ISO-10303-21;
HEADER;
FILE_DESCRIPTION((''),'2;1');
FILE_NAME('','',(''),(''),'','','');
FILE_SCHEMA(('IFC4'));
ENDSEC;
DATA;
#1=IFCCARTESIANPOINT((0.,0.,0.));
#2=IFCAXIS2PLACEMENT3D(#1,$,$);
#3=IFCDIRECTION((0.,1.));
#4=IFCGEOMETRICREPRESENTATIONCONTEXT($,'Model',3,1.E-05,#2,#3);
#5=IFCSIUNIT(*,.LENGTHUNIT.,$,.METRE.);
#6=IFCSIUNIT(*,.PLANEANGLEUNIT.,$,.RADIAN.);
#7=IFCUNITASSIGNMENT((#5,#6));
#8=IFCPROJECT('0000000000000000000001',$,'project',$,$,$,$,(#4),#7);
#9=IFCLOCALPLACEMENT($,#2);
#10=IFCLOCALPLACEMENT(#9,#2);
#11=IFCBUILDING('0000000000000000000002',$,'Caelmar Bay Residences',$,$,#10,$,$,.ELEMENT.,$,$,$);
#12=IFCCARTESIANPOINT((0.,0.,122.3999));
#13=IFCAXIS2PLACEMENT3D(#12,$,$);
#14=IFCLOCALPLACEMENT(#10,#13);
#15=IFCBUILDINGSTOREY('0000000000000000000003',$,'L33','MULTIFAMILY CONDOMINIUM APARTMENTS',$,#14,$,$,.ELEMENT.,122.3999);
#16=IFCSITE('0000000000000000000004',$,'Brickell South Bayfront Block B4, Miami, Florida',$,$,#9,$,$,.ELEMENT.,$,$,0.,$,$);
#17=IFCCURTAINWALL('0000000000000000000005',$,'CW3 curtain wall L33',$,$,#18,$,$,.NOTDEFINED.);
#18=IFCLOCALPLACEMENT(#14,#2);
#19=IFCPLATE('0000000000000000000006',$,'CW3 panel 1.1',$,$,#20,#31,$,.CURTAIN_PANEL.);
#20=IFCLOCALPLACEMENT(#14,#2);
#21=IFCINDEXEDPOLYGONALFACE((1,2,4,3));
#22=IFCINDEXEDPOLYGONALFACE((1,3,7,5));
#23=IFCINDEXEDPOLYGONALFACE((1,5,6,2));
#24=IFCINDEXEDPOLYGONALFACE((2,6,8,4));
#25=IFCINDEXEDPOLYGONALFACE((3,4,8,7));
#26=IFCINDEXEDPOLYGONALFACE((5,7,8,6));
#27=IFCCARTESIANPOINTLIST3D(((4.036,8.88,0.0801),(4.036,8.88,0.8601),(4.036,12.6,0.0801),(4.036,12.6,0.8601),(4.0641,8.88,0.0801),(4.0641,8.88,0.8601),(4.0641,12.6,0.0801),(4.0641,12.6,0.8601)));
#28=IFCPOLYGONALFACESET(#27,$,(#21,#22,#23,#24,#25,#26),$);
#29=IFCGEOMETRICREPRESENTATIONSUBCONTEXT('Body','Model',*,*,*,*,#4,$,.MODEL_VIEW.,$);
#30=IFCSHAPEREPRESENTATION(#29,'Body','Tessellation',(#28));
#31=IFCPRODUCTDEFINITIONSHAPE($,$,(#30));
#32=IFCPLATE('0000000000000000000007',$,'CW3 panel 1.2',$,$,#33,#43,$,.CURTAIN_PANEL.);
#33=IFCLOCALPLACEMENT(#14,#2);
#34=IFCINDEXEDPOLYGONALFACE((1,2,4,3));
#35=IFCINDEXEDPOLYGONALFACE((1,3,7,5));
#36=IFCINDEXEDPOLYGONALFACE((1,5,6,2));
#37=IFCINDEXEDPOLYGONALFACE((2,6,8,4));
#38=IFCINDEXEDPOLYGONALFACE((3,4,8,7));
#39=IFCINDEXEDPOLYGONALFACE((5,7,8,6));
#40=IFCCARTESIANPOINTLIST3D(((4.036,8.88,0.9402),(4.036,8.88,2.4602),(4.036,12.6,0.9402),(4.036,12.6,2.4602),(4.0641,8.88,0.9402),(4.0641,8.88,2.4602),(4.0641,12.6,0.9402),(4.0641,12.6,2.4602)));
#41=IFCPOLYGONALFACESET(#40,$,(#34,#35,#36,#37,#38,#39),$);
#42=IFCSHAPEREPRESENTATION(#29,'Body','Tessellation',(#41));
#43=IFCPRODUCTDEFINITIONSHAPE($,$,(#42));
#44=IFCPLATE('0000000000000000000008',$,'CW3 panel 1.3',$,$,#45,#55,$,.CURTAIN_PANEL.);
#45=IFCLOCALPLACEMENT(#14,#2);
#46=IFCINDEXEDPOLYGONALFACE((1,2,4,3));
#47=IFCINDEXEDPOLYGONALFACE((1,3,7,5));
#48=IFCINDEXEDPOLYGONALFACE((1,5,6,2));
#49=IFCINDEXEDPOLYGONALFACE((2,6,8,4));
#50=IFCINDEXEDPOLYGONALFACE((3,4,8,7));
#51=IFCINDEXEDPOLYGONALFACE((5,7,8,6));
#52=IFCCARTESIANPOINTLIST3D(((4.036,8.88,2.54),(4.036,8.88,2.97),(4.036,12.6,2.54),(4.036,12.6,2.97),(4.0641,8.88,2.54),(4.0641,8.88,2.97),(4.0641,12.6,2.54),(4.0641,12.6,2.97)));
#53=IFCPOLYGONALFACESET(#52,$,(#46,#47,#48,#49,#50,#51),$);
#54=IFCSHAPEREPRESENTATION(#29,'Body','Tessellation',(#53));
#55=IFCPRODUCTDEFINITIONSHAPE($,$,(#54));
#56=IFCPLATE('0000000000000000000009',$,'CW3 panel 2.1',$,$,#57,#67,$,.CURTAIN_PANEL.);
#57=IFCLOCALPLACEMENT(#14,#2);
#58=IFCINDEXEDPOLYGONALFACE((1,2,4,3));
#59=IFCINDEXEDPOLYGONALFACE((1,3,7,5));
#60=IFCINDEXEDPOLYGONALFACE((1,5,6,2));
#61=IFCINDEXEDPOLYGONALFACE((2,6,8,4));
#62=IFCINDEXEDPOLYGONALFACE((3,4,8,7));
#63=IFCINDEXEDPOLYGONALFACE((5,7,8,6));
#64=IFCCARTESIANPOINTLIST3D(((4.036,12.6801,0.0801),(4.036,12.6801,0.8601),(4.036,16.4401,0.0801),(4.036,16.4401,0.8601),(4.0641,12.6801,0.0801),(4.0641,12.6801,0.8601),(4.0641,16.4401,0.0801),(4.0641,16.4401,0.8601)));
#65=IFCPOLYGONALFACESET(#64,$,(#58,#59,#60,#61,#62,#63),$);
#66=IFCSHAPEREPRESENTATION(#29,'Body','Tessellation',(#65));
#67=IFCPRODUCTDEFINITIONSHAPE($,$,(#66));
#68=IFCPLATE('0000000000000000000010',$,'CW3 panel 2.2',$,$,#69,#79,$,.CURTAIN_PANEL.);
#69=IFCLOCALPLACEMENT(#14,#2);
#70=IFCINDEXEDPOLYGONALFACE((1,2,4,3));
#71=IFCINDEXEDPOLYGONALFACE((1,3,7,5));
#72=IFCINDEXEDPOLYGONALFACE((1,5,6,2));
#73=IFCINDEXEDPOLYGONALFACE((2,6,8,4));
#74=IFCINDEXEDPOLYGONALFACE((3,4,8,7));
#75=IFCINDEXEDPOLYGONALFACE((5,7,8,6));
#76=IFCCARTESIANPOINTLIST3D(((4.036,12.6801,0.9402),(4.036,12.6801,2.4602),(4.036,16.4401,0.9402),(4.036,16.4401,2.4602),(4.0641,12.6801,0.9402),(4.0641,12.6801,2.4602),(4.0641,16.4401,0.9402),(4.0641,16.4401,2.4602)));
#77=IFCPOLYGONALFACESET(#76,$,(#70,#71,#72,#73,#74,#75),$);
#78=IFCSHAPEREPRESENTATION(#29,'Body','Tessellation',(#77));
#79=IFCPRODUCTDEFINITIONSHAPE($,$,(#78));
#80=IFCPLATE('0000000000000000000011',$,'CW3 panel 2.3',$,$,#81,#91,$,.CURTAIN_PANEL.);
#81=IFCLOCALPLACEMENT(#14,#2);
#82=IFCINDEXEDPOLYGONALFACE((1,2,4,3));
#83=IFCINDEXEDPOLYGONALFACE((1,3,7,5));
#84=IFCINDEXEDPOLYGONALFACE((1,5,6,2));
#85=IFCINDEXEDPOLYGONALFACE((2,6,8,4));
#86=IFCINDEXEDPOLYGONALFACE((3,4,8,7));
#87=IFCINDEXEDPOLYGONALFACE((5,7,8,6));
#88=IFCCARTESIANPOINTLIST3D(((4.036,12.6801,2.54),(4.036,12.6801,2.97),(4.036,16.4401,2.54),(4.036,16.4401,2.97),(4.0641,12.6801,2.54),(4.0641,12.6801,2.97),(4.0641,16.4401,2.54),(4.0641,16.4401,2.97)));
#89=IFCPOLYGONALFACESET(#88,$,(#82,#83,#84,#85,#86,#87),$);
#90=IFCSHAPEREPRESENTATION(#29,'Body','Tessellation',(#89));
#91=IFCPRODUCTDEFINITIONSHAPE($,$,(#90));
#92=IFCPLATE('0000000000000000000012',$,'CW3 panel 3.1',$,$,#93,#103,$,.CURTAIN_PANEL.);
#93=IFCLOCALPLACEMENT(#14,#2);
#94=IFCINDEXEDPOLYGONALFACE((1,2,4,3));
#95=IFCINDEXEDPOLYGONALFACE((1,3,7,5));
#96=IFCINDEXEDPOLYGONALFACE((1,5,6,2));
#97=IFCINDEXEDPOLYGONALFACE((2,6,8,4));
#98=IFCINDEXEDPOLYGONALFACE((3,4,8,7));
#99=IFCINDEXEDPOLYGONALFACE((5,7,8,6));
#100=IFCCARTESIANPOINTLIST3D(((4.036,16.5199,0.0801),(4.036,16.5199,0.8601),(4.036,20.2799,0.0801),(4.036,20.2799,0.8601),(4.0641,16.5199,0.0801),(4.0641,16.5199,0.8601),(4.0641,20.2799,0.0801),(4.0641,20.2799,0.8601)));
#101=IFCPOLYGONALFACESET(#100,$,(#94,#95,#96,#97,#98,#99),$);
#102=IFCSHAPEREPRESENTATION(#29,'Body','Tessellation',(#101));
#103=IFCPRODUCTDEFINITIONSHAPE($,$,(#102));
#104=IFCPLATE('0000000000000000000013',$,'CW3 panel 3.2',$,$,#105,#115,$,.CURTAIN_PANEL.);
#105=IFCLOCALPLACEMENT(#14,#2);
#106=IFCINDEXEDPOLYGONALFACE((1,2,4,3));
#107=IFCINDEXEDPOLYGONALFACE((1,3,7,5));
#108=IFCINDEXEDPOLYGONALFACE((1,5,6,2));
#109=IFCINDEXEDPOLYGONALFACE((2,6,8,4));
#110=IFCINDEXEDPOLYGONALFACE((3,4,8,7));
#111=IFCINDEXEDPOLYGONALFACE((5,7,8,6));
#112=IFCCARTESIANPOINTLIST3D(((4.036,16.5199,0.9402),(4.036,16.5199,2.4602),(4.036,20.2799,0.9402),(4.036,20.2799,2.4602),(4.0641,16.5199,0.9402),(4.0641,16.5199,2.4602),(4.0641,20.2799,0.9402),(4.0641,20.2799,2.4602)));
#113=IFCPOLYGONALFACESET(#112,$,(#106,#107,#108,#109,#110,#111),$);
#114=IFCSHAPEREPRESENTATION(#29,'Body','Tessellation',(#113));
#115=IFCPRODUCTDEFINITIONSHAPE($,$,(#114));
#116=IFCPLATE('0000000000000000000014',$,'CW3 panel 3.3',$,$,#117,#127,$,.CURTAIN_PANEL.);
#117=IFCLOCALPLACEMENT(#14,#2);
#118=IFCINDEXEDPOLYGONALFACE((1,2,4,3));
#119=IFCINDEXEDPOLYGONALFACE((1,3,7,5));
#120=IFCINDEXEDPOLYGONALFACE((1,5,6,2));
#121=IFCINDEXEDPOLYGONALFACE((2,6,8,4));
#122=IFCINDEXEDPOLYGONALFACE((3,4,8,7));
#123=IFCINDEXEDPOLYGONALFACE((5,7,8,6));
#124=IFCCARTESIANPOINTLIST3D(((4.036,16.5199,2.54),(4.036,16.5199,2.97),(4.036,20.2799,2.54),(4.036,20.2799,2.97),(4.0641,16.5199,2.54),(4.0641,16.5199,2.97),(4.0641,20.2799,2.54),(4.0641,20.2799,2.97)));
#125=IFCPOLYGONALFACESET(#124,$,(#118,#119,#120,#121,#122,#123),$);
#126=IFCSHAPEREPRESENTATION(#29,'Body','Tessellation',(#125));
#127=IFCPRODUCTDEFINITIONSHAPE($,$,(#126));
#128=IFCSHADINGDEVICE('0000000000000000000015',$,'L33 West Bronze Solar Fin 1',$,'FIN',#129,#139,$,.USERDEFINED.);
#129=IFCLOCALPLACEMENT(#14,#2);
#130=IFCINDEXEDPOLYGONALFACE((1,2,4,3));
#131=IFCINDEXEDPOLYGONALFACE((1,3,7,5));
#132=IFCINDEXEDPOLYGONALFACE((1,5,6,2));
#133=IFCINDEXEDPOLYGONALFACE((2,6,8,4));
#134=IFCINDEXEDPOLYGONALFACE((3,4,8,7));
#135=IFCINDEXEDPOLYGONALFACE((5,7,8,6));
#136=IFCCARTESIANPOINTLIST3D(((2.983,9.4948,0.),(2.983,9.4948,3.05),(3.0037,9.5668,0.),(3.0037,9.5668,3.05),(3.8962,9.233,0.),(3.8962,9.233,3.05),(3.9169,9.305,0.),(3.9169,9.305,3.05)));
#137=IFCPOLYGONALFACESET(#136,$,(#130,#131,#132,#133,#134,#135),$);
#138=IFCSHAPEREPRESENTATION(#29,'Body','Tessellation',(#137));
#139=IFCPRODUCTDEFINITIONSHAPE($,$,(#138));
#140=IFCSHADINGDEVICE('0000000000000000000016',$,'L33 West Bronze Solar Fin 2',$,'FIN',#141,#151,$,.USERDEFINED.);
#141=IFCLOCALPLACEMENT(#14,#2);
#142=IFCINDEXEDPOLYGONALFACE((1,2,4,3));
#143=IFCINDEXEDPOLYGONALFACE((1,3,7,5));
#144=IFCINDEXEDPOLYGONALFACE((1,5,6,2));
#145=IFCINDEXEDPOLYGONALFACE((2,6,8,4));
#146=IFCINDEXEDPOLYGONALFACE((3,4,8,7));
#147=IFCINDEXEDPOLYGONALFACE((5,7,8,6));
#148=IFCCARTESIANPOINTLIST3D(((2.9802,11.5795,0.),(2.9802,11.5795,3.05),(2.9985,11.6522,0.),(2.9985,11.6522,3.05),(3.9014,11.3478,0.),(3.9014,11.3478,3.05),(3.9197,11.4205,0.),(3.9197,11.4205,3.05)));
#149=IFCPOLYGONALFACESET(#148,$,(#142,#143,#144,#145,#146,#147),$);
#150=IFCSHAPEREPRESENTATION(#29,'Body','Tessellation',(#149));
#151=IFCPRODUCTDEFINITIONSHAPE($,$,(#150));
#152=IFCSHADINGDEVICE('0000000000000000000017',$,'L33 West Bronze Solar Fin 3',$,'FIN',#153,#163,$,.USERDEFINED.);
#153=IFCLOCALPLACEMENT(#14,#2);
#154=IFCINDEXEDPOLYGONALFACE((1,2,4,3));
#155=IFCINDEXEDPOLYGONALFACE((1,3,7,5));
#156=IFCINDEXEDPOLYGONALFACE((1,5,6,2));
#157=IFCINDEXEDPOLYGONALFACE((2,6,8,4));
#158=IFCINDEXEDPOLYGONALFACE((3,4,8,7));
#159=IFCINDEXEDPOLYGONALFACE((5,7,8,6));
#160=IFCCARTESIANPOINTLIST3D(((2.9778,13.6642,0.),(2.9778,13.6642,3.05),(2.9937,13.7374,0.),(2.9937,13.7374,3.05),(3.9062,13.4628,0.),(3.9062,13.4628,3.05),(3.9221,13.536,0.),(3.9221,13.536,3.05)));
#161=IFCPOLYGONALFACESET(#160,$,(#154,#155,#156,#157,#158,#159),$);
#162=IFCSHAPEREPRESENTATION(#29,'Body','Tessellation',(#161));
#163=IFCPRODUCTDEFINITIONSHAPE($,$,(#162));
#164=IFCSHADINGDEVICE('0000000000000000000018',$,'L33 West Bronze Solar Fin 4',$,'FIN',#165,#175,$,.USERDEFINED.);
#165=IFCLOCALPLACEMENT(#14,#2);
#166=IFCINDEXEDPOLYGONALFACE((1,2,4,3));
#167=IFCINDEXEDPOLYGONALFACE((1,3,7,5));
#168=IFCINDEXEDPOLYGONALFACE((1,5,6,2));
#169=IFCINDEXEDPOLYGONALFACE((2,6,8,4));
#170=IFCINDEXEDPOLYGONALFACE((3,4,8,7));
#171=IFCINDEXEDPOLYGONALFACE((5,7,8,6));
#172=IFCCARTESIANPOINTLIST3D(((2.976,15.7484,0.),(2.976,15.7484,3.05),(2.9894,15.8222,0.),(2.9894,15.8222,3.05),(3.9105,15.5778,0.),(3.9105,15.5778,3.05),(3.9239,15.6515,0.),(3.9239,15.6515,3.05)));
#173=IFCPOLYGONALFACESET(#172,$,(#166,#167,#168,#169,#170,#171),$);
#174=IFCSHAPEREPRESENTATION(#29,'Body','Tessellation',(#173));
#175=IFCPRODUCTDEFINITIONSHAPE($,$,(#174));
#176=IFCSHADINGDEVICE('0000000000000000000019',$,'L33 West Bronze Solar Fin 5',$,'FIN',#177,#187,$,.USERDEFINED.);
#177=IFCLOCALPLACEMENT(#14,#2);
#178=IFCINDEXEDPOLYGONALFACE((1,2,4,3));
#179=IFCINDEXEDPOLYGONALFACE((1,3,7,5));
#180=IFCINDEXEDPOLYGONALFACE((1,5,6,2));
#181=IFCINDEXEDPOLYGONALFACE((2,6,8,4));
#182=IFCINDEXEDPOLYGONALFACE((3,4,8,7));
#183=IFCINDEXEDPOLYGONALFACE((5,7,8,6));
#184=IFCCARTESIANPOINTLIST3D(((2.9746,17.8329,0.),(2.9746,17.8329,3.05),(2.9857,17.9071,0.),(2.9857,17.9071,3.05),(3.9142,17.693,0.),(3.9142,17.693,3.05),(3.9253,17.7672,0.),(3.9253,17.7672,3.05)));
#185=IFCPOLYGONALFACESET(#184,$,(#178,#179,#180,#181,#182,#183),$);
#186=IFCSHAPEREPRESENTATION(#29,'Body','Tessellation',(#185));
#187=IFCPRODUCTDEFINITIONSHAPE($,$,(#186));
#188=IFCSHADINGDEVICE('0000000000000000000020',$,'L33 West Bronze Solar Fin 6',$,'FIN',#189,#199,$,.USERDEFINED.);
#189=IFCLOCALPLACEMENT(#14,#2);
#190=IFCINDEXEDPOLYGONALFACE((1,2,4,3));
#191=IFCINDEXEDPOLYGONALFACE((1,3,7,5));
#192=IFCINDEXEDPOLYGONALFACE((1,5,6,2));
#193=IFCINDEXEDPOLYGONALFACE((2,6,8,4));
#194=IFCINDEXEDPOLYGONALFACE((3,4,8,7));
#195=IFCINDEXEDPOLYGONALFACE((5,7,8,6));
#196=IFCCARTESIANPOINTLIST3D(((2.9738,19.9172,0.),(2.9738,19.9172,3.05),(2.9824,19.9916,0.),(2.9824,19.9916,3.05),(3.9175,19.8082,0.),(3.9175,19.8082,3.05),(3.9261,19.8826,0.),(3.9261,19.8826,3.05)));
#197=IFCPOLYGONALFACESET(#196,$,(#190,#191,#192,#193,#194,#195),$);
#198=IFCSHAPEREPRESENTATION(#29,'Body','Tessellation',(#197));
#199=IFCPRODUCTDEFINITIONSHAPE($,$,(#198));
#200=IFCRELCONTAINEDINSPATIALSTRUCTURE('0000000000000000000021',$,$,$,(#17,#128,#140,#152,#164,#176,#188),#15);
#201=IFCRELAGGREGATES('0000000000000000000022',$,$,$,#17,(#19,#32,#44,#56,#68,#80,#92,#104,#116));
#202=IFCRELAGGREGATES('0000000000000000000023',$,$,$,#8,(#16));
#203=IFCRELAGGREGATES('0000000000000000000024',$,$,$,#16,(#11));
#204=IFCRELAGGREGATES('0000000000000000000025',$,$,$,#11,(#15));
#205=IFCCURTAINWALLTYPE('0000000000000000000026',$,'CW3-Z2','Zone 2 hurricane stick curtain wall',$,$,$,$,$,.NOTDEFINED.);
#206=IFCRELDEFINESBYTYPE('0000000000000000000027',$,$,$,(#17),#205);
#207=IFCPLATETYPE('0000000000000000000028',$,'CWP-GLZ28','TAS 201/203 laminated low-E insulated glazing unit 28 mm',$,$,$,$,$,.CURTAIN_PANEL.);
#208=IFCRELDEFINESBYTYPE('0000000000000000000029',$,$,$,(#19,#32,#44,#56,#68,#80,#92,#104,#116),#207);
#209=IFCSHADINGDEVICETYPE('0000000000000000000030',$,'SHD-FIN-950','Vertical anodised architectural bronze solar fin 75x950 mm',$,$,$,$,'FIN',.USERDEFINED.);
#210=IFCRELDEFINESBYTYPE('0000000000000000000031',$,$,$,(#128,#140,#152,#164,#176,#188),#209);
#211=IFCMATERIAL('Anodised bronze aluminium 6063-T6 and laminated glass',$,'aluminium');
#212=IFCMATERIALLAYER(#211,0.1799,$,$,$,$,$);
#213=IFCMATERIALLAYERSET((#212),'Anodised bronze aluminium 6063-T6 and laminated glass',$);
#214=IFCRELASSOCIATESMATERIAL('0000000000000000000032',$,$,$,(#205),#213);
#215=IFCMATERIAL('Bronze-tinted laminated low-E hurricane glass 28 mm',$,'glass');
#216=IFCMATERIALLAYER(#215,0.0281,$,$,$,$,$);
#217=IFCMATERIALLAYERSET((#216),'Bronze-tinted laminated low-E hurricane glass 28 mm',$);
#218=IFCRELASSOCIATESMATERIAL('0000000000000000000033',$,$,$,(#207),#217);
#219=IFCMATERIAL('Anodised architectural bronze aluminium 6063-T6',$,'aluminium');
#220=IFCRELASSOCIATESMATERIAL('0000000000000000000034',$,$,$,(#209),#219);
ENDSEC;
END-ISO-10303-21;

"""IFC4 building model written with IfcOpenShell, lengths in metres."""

from ifc_helpers import new_model, si_unit, direction, frame, origin, origin_2d, place, context, subcontext, project, spatial, rectangle, extrude, material, layer, layer_set, material_profile, profile_set, type_object, element, aggregate, save


model = new_model("IFC4")

# Units and contexts
model_context = context("Model", 3, precision=1e-05, world=origin(), true_north=direction((0.0, 1.0)))
body_context = subcontext(model_context, "Body", "Model", "MODEL_VIEW")
ifc_project = project(units=[si_unit("LENGTHUNIT", "METRE"), si_unit("PLANEANGLEUNIT", "RADIAN")], contexts=[model_context])

# Site, building, storey
site_placement = place(None, origin())
site = spatial("IfcSite", under=ifc_project, at=site_placement, Name="Brickell South Bayfront Block B4, Miami, Florida", CompositionType="ELEMENT", RefElevation=0.0)
building_placement = place(site_placement, origin())
building = spatial("IfcBuilding", under=site, at=building_placement, Name="Caelmar Bay Residences", CompositionType="ELEMENT")
storey_placement = place(building_placement, frame((0.0, 0.0, 122.3999)))
storey = spatial("IfcBuildingStorey", under=building, at=storey_placement, Name="L33", Description="MULTIFAMILY CONDOMINIUM APARTMENTS", CompositionType="ELEMENT", Elevation=122.3999)

# Curtain wall, plates
ifc_material_1 = material(Name="Anodised bronze aluminium 6063-T6 and laminated glass", Category="aluminium")
ifc_layer_1 = layer(ifc_material_1, 0.1799)
ifc_layer_set_1 = layer_set([ifc_layer_1], Name="Anodised bronze aluminium 6063-T6 and laminated glass")
curtain_wall_type = type_object("IfcCurtainWallType", Name="CW3-Z2", Description="Zone 2 hurricane stick curtain wall", PredefinedType="NOTDEFINED", material=ifc_layer_set_1)
curtain_wall_placement = place(storey_placement, origin())
curtain_wall = element("IfcCurtainWall", 1, at=curtain_wall_placement, inside=storey, type_object=curtain_wall_type, Name="CW3 curtain wall L33", PredefinedType="NOTDEFINED")
ifc_material_2 = material(Name="Bronze-tinted laminated low-E hurricane glass 28 mm", Category="glass")
ifc_layer_2 = layer(ifc_material_2, 0.0281)
ifc_layer_set_2 = layer_set([ifc_layer_2], Name="Bronze-tinted laminated low-E hurricane glass 28 mm")
plate_type = type_object("IfcPlateType", Name="CWP-GLZ28", Description="TAS 201/203 laminated low-E insulated glazing unit 28 mm", PredefinedType="CURTAIN_PANEL", material=ifc_layer_set_2)
plate_1_placement = place(storey_placement, frame((4.05, 10.74, 0.0801), z_axis=(0.0, 0.0, 1.0), x_axis=(0.0, 1.0, 0.0)))
plate_1 = element("IfcPlate", 2, at=plate_1_placement, type_object=plate_type, Name="CW3 panel 1.1", PredefinedType="CURTAIN_PANEL", context=body_context, shape_type="SweptSolid", body=[
    extrude(rectangle(XDim=3.72, YDim=0.0281, at=origin_2d()), origin(), (0.0, 0.0, 1.0), 0.78),
])
plate_2_placement = place(storey_placement, frame((4.05, 10.74, 0.9402), z_axis=(0.0, 0.0, 1.0), x_axis=(0.0, 1.0, 0.0)))
plate_2 = element("IfcPlate", 3, at=plate_2_placement, type_object=plate_type, Name="CW3 panel 1.2", PredefinedType="CURTAIN_PANEL", context=body_context, shape_type="SweptSolid", body=[
    extrude(rectangle(XDim=3.72, YDim=0.0281, at=origin_2d()), origin(), (0.0, 0.0, 1.0), 1.52),
])
plate_3_placement = place(storey_placement, frame((4.05, 10.74, 2.54), z_axis=(0.0, 0.0, 1.0), x_axis=(0.0, 1.0, 0.0)))
plate_3 = element("IfcPlate", 4, at=plate_3_placement, type_object=plate_type, Name="CW3 panel 1.3", PredefinedType="CURTAIN_PANEL", context=body_context, shape_type="SweptSolid", body=[
    extrude(rectangle(XDim=3.72, YDim=0.0281, at=origin_2d()), origin(), (0.0, 0.0, 1.0), 0.4299),
])
plate_4_placement = place(storey_placement, frame((4.05, 14.5601, 0.0801), z_axis=(0.0, 0.0, 1.0), x_axis=(0.0, 1.0, 0.0)))
plate_4 = element("IfcPlate", 5, at=plate_4_placement, type_object=plate_type, Name="CW3 panel 2.1", PredefinedType="CURTAIN_PANEL", context=body_context, shape_type="SweptSolid", body=[
    extrude(rectangle(XDim=3.76, YDim=0.0281, at=origin_2d()), origin(), (0.0, 0.0, 1.0), 0.78),
])
plate_5_placement = place(storey_placement, frame((4.05, 14.5601, 0.9402), z_axis=(0.0, 0.0, 1.0), x_axis=(0.0, 1.0, 0.0)))
plate_5 = element("IfcPlate", 6, at=plate_5_placement, type_object=plate_type, Name="CW3 panel 2.2", PredefinedType="CURTAIN_PANEL", context=body_context, shape_type="SweptSolid", body=[
    extrude(rectangle(XDim=3.76, YDim=0.0281, at=origin_2d()), origin(), (0.0, 0.0, 1.0), 1.52),
])
plate_6_placement = place(storey_placement, frame((4.05, 14.5601, 2.54), z_axis=(0.0, 0.0, 1.0), x_axis=(0.0, 1.0, 0.0)))
plate_6 = element("IfcPlate", 7, at=plate_6_placement, type_object=plate_type, Name="CW3 panel 2.3", PredefinedType="CURTAIN_PANEL", context=body_context, shape_type="SweptSolid", body=[
    extrude(rectangle(XDim=3.76, YDim=0.0281, at=origin_2d()), origin(), (0.0, 0.0, 1.0), 0.4299),
])
plate_7_placement = place(storey_placement, frame((4.05, 18.3999, 0.0801), z_axis=(0.0, 0.0, 1.0), x_axis=(0.0, 1.0, 0.0)))
plate_7 = element("IfcPlate", 8, at=plate_7_placement, type_object=plate_type, Name="CW3 panel 3.1", PredefinedType="CURTAIN_PANEL", context=body_context, shape_type="SweptSolid", body=[
    extrude(rectangle(XDim=3.76, YDim=0.0281, at=origin_2d()), origin(), (0.0, 0.0, 1.0), 0.78),
])
plate_8_placement = place(storey_placement, frame((4.05, 18.3999, 0.9402), z_axis=(0.0, 0.0, 1.0), x_axis=(0.0, 1.0, 0.0)))
plate_8 = element("IfcPlate", 9, at=plate_8_placement, type_object=plate_type, Name="CW3 panel 3.2", PredefinedType="CURTAIN_PANEL", context=body_context, shape_type="SweptSolid", body=[
    extrude(rectangle(XDim=3.76, YDim=0.0281, at=origin_2d()), origin(), (0.0, 0.0, 1.0), 1.52),
])
plate_9_placement = place(storey_placement, frame((4.05, 18.3999, 2.54), z_axis=(0.0, 0.0, 1.0), x_axis=(0.0, 1.0, 0.0)))
plate_9 = element("IfcPlate", 10, at=plate_9_placement, type_object=plate_type, Name="CW3 panel 3.3", PredefinedType="CURTAIN_PANEL", context=body_context, shape_type="SweptSolid", body=[
    extrude(rectangle(XDim=3.76, YDim=0.0281, at=origin_2d()), origin(), (0.0, 0.0, 1.0), 0.4299),
])
aggregate(curtain_wall, [plate_1, plate_2, plate_3, plate_4, plate_5, plate_6, plate_7, plate_8, plate_9])

# Shading devices
ifc_material_3 = material(Name="Anodised architectural bronze aluminium 6063-T6", Category="aluminium")
ifc_material_profile_1 = material_profile(ifc_material_3, rectangle(XDim=0.075, YDim=0.95, at=origin_2d()), Name="BRONZE-FIN-75X950")
ifc_profile_set_1 = profile_set([ifc_material_profile_1], Name="Anodised architectural bronze aluminium 6063-T6")
shading_device_type = type_object("IfcShadingDeviceType", Name="SHD-FIN-950", Description="Vertical anodised architectural bronze solar fin 75x950 mm", ElementType="FIN", PredefinedType="USERDEFINED", material=ifc_profile_set_1)
for number, where, z_axis, x_axis, name in (
    (11, (3.45, 9.3999, 0.0), (0.0, 0.0, 1.0), (0.275637, 0.961262, 0.0), "L33 West Bronze Solar Fin 1"),
    (12, (3.45, 11.5, 0.0), (0.0, 0.0, 1.0), (0.243954, 0.969787, 0.0), "L33 West Bronze Solar Fin 2"),
    (13, (3.45, 13.6001, 0.0), (0.0, 0.0, 1.0), (0.212007, 0.977268, 0.0), "L33 West Bronze Solar Fin 3"),
    (14, (3.45, 15.7, 0.0), (0.0, 0.0, 1.0), (0.179661, 0.983729, 0.0), "L33 West Bronze Solar Fin 4"),
    (15, (3.45, 17.8, 0.0), (0.0, 0.0, 1.0), (0.147292, 0.989093, 0.0), "L33 West Bronze Solar Fin 5"),
    (16, (3.45, 19.8999, 0.0), (0.0, 0.0, 1.0), (0.114764, 0.993393, 0.0), "L33 West Bronze Solar Fin 6"),
):
    element("IfcShadingDevice", number, at=place(storey_placement, frame(where, z_axis=z_axis, x_axis=x_axis)), inside=storey, type_object=shading_device_type, Name=name, ObjectType="FIN", PredefinedType="USERDEFINED", context=body_context, shape_type="SweptSolid", body=[
        extrude(rectangle(XDim=0.075, YDim=0.95, at=origin_2d()), origin(), (0.0, 0.0, 1.0), 3.05),
    ])

save(model, "model.ifc")
